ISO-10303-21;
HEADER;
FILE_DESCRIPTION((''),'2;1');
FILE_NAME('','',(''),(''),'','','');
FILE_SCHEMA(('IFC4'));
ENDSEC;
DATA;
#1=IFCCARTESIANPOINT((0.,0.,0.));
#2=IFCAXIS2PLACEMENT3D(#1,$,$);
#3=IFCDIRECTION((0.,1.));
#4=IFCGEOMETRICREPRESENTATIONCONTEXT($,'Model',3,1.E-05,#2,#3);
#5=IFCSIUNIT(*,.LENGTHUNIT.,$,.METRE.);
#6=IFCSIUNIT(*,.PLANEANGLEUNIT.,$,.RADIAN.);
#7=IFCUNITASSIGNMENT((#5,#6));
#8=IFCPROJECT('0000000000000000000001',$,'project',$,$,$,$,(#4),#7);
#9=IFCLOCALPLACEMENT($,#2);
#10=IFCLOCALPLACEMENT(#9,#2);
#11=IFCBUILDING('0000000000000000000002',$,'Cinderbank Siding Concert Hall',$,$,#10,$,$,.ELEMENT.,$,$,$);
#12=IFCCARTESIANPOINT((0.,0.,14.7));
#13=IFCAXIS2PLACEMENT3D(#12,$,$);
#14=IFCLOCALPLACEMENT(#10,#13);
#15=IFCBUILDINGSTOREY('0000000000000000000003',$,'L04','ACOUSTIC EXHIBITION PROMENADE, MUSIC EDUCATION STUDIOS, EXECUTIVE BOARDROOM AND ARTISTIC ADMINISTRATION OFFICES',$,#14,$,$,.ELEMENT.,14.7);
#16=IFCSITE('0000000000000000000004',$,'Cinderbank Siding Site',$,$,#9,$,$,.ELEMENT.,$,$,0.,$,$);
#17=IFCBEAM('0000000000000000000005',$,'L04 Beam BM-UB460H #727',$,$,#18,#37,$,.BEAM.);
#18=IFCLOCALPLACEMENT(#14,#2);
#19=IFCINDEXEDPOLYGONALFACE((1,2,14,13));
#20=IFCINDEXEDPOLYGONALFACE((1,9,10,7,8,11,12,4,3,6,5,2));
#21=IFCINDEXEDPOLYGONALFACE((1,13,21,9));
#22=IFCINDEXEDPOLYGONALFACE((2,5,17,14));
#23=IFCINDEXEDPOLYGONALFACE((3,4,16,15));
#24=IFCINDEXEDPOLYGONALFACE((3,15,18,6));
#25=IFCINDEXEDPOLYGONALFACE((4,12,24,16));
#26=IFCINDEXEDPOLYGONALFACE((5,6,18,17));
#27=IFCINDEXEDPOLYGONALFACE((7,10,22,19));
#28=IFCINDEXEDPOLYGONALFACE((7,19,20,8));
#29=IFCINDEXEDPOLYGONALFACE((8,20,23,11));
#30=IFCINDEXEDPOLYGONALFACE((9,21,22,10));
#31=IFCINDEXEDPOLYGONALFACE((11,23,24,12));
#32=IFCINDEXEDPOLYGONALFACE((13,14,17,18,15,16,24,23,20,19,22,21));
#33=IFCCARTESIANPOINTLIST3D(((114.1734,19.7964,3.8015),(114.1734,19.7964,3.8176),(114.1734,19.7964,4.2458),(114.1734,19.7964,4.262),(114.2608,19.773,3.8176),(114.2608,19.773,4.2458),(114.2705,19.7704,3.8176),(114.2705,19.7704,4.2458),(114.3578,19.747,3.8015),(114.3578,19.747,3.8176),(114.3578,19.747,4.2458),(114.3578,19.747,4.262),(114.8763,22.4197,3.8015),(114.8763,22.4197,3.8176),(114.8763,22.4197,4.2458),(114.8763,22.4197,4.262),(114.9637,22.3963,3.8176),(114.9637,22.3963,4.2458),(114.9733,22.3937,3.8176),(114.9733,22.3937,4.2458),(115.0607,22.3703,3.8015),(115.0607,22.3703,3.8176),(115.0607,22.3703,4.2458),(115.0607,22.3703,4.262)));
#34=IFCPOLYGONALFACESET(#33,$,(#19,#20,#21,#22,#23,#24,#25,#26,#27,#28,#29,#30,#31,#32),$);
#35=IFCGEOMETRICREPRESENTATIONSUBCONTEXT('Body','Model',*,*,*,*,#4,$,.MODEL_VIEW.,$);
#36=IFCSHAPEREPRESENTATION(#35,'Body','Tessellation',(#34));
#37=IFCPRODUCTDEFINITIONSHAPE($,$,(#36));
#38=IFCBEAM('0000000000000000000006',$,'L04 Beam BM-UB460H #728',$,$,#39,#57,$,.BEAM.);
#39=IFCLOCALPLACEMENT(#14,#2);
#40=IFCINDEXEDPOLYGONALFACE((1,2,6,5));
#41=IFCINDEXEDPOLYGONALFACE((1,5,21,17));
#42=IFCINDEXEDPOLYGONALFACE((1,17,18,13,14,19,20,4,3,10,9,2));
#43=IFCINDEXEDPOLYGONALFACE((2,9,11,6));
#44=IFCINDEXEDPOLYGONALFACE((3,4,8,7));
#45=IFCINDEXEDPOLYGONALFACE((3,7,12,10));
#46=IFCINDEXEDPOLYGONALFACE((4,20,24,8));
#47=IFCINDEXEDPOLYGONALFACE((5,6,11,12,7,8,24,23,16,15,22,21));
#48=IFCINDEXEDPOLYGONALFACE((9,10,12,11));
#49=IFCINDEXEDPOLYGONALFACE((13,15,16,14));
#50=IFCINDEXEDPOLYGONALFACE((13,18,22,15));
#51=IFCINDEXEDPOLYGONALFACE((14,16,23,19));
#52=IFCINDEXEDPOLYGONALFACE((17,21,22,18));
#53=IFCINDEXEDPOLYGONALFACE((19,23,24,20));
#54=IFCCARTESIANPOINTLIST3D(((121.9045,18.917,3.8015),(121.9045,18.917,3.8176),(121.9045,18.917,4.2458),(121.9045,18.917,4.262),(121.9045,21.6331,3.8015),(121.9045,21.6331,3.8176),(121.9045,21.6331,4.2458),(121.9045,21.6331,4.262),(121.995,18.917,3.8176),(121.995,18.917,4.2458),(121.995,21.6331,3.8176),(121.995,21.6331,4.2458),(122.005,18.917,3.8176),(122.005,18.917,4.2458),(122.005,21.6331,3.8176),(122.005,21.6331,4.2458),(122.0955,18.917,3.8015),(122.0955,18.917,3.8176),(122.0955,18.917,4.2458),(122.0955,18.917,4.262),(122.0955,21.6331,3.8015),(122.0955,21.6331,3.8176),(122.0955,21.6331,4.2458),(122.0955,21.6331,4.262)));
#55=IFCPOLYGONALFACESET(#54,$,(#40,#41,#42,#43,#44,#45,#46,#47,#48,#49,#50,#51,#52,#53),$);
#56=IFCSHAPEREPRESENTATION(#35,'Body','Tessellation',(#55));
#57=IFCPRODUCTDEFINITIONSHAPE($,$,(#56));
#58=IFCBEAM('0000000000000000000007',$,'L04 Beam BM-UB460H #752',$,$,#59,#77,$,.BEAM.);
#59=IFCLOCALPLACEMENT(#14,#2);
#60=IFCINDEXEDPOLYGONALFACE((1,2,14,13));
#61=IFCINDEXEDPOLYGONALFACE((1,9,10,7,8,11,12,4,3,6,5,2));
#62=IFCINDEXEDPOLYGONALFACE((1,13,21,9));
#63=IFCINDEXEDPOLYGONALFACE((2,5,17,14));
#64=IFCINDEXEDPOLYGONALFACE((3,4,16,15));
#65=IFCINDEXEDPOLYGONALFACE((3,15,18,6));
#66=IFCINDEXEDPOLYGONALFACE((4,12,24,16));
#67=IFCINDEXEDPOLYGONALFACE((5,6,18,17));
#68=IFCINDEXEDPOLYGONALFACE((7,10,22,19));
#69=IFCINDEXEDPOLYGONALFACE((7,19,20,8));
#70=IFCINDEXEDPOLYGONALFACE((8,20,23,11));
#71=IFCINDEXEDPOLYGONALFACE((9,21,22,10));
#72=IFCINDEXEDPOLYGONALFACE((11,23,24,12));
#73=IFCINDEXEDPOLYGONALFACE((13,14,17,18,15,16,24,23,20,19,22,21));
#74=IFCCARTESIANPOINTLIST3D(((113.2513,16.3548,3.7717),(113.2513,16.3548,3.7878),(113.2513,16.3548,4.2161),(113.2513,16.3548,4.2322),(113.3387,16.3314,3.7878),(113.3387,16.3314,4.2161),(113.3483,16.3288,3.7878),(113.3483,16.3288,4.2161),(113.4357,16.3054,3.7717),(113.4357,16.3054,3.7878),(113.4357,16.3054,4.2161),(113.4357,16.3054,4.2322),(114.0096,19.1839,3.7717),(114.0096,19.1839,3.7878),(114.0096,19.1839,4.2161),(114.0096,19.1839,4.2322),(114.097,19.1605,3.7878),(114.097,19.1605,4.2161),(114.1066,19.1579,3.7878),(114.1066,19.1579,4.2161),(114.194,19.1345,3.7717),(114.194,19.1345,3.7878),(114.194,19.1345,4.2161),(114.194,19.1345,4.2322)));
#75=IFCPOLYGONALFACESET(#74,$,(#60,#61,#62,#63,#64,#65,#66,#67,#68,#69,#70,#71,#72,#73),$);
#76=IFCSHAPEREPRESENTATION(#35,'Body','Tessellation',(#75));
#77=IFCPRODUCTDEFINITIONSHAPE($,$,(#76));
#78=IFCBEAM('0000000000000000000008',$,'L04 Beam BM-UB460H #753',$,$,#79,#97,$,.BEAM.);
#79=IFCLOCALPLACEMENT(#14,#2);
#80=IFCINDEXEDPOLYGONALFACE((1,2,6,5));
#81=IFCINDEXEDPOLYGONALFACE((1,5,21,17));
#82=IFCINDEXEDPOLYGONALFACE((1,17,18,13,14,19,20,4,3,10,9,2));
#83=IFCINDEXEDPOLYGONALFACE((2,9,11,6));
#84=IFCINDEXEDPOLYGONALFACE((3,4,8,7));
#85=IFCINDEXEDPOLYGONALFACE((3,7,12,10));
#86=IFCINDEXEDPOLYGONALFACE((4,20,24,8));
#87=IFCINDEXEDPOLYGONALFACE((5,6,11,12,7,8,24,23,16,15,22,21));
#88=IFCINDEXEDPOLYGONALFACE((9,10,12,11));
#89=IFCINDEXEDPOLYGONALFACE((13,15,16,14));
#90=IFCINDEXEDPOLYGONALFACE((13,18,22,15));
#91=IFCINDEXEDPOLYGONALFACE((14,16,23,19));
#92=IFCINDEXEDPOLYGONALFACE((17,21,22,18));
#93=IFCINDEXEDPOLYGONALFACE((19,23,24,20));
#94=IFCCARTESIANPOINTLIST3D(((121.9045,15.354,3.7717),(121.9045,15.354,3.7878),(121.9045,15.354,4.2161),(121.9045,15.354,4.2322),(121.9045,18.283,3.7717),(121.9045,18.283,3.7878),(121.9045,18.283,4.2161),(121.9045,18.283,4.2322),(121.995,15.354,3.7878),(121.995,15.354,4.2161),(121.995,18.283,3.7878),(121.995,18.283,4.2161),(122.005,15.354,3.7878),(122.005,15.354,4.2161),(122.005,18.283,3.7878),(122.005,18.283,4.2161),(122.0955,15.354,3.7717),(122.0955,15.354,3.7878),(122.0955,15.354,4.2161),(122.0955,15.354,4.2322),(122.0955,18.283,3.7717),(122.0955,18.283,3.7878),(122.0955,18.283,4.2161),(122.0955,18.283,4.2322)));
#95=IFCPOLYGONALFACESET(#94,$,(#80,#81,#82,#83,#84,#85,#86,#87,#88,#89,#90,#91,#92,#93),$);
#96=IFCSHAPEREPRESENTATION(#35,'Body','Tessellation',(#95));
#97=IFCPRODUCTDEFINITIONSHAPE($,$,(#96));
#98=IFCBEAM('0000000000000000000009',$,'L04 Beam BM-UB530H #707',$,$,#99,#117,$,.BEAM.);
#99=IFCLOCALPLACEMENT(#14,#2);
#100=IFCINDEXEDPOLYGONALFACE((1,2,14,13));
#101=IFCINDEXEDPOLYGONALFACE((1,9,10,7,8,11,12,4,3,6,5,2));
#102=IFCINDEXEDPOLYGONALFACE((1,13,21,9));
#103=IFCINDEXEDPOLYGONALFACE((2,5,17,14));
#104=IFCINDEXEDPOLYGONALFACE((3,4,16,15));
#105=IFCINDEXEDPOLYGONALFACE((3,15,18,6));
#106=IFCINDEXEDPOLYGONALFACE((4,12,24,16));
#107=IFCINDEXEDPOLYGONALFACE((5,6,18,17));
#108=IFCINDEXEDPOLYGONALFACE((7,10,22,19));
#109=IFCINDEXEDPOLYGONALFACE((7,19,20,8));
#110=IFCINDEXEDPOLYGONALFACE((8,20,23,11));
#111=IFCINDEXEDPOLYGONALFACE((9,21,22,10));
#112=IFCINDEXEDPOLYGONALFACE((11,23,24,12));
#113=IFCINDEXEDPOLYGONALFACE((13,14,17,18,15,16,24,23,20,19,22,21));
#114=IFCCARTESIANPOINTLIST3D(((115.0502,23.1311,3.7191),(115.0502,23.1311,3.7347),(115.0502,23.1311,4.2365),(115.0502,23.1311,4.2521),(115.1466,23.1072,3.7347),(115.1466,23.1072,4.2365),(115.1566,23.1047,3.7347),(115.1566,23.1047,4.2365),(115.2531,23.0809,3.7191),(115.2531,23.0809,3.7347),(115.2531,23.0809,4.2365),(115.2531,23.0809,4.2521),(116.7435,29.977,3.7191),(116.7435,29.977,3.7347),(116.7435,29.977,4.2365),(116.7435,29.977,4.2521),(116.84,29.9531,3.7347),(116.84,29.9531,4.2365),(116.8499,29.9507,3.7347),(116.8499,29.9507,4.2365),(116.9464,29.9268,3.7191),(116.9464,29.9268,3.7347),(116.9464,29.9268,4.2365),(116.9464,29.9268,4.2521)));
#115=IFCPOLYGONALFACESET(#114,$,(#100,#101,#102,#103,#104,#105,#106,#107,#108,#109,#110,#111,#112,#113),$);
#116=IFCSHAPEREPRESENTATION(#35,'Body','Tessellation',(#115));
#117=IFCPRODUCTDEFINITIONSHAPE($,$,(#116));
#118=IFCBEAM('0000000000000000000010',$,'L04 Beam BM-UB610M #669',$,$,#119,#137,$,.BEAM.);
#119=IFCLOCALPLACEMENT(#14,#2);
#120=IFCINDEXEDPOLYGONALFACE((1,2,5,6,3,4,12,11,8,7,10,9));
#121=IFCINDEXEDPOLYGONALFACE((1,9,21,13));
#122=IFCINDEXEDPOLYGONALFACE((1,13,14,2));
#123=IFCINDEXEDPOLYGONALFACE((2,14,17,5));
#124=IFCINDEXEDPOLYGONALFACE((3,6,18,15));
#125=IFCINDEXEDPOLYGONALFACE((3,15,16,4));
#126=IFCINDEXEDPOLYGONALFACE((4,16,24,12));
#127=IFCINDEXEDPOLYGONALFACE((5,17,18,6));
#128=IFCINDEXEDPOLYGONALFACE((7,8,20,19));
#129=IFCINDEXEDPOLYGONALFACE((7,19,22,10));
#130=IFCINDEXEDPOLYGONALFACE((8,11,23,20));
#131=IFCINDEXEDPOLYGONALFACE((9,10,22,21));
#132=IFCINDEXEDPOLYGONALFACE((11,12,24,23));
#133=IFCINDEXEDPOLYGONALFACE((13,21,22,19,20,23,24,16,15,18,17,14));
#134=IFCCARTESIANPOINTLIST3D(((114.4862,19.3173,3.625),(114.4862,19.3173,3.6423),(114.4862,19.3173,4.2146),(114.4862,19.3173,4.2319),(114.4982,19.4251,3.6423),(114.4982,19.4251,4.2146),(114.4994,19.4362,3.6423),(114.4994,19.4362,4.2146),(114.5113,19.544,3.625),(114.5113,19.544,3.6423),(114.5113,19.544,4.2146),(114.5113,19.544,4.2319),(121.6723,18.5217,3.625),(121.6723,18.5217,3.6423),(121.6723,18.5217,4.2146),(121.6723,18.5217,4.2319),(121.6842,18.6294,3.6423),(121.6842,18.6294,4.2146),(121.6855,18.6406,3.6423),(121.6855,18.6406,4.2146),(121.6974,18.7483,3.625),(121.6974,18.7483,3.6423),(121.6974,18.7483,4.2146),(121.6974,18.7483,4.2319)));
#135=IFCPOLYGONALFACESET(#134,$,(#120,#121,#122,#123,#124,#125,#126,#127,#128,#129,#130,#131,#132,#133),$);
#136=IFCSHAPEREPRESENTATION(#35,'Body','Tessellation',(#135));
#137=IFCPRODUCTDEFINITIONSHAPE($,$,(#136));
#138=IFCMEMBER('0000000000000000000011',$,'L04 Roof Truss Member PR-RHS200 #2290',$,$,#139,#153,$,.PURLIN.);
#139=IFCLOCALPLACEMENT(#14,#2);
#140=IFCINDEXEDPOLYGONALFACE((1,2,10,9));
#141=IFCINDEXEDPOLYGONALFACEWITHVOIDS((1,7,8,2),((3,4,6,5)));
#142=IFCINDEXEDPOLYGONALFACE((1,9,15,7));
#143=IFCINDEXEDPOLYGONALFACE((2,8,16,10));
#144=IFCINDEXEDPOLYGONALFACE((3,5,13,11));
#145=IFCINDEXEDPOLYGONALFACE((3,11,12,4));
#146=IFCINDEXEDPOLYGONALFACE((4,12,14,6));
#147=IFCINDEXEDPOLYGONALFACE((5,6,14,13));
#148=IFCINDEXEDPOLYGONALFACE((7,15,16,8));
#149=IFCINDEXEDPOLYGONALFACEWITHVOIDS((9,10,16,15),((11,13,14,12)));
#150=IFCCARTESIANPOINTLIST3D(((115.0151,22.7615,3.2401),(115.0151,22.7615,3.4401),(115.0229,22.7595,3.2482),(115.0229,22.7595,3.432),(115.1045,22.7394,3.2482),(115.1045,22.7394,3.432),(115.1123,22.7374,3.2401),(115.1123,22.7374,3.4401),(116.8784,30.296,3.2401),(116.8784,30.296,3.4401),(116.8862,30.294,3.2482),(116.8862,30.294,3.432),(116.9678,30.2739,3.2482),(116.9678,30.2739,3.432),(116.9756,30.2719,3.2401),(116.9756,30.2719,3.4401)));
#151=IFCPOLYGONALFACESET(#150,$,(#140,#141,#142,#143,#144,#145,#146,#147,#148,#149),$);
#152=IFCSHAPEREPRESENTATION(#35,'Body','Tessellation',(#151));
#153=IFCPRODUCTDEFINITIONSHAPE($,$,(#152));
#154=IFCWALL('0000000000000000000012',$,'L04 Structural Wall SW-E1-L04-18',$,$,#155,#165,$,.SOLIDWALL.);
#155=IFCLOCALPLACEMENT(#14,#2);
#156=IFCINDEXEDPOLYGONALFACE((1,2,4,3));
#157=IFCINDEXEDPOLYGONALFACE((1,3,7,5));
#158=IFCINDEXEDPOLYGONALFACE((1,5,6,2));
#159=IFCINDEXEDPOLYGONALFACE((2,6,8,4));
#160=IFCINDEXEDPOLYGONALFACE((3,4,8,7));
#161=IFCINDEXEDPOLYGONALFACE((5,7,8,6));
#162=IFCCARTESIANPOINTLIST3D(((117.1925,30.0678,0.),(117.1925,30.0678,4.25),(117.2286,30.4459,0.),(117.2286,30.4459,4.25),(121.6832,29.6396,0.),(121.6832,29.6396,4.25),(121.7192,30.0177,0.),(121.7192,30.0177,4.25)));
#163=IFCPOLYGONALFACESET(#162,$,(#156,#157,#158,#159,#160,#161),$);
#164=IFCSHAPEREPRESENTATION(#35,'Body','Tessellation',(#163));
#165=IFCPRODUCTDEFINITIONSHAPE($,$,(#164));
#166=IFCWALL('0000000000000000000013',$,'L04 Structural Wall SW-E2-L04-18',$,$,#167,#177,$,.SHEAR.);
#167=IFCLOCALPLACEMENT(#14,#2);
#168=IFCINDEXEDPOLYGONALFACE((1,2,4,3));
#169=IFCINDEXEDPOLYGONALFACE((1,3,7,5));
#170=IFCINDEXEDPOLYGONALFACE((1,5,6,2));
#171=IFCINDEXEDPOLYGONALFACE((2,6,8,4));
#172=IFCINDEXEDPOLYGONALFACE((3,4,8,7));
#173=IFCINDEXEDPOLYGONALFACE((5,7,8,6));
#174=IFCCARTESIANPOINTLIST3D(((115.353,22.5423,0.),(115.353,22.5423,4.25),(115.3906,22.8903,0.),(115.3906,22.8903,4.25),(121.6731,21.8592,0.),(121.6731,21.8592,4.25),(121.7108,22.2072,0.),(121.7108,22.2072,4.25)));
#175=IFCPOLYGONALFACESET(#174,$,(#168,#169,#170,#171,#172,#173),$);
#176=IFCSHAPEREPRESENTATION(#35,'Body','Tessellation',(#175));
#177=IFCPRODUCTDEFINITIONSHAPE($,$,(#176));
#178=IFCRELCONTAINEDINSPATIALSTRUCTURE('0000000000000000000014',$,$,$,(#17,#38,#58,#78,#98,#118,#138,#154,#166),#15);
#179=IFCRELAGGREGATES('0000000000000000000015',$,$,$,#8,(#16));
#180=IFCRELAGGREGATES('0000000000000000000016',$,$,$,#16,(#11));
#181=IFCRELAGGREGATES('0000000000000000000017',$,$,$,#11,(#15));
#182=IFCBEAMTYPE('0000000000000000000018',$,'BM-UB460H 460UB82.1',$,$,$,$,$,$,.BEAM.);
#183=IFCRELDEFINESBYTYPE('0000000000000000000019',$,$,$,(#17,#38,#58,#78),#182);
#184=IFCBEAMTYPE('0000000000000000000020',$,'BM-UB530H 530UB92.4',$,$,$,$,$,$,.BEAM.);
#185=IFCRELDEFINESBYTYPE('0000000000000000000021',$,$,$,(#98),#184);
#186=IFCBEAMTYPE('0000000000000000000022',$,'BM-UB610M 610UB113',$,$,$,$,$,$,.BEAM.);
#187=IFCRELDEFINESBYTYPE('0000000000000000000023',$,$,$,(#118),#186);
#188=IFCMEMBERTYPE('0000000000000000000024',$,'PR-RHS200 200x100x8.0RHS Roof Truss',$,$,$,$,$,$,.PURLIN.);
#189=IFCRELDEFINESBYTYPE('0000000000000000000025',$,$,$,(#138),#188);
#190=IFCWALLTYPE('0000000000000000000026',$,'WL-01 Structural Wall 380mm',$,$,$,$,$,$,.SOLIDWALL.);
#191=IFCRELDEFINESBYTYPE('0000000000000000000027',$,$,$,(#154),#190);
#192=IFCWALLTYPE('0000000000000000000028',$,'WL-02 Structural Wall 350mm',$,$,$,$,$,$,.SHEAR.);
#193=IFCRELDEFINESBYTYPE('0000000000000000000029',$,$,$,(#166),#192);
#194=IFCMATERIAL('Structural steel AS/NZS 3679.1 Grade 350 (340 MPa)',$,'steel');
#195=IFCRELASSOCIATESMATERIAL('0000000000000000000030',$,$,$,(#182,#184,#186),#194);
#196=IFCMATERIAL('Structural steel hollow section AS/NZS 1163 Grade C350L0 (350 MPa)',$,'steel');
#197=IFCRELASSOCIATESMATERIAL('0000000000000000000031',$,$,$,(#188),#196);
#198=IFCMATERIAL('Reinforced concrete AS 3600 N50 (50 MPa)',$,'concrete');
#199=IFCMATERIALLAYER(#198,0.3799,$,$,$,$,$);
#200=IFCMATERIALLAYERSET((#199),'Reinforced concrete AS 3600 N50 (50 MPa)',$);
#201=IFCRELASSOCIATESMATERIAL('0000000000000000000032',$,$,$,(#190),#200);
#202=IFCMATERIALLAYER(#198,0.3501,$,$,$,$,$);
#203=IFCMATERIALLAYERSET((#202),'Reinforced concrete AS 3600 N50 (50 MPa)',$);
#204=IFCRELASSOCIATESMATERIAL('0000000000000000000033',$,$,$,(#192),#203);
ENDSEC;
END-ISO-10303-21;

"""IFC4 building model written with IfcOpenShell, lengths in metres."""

from ifc_helpers import new_model, si_unit, direction, frame, frame_2d, origin, origin_2d, place, context, subcontext, project, spatial, rectangle, hollow_rectangle, i_section, extrude, material, layer, layer_set, material_profile, profile_set, type_object, element, save


model = new_model("IFC4")

# Units and contexts
model_context = context("Model", 3, precision=1e-05, world=origin(), true_north=direction((0.0, 1.0)))
body_context = subcontext(model_context, "Body", "Model", "MODEL_VIEW")
ifc_project = project(units=[si_unit("LENGTHUNIT", "METRE"), si_unit("PLANEANGLEUNIT", "RADIAN")], contexts=[model_context])

# Site, building, storey
site_placement = place(None, origin())
site = spatial("IfcSite", under=ifc_project, at=site_placement, Name="Cinderbank Siding Site", CompositionType="ELEMENT", RefElevation=0.0)
building_placement = place(site_placement, origin())
building = spatial("IfcBuilding", under=site, at=building_placement, Name="Cinderbank Siding Concert Hall", CompositionType="ELEMENT")
storey_placement = place(building_placement, frame((0.0, 0.0, 14.7)))
storey = spatial("IfcBuildingStorey", under=building, at=storey_placement, Name="L04", Description="ACOUSTIC EXHIBITION PROMENADE, MUSIC EDUCATION STUDIOS, EXECUTIVE BOARDROOM AND ARTISTIC ADMINISTRATION OFFICES", CompositionType="ELEMENT", Elevation=14.7)

# Shared definitions
ifc_material_1 = material(Name="Reinforced concrete AS 3600 N50 (50 MPa)", Category="concrete")

# Beams
ifc_material_2 = material(Name="Structural steel AS/NZS 3679.1 Grade 350 (340 MPa)", Category="steel")
ifc_material_profile_1 = material_profile(ifc_material_2, i_section(OverallWidth=0.1909, OverallDepth=0.4604, WebThickness=0.01, FlangeThickness=0.0161, at=origin_2d()), Name="460UB82.1", Category="LoadBearing")
ifc_profile_set_1 = profile_set([ifc_material_profile_1], Name="Structural steel AS/NZS 3679.1 Grade 350 (340 MPa)")
beam_type_1 = type_object("IfcBeamType", Name="BM-UB460H 460UB82.1", PredefinedType="BEAM", material=ifc_profile_set_1)
beam_1_placement = place(storey_placement, frame((114.9685, 22.395, 4.0317), z_axis=(-0.258809, -0.965928, 0.0), x_axis=(0.965928, -0.258809, 0.0)))
element("IfcBeam", 1, at=beam_1_placement, inside=storey, type_object=beam_type_1, Name="L04 Beam BM-UB460H #727", PredefinedType="BEAM", context=body_context, shape_type="SweptSolid", body=[
    extrude(i_section(OverallWidth=0.1909, OverallDepth=0.4604, WebThickness=0.01, FlangeThickness=0.0161, at=origin_2d()), origin(), (0.0, 0.0, 1.0), 2.7158),
])
beam_2_placement = place(storey_placement, frame((122.0, 21.6331, 4.0317), z_axis=(0.0, -1.0, 0.0), x_axis=(1.0, 0.0, 0.0)))
element("IfcBeam", 2, at=beam_2_placement, inside=storey, type_object=beam_type_1, Name="L04 Beam BM-UB460H #728", PredefinedType="BEAM", context=body_context, shape_type="SweptSolid", body=[
    extrude(i_section(OverallWidth=0.1909, OverallDepth=0.4604, WebThickness=0.01, FlangeThickness=0.0161, at=origin_2d()), origin(), (0.0, 0.0, 1.0), 2.7161),
])
for number, where, z_axis, x_axis, name in (
    (3, (114.1018, 19.1592, 4.002), (-0.258897, -0.965905, 0.0), (0.965905, -0.258897, 0.0), "L04 Beam BM-UB460H #752"),
    (4, (122.0, 18.283, 4.002), (0.0, -1.0, 0.0), (1.0, 0.0, 0.0), "L04 Beam BM-UB460H #753"),
):
    element("IfcBeam", number, at=place(storey_placement, frame(where, z_axis=z_axis, x_axis=x_axis)), inside=storey, type_object=beam_type_1, Name=name, PredefinedType="BEAM", context=body_context, shape_type="SweptSolid", body=[
        extrude(i_section(OverallWidth=0.1909, OverallDepth=0.4604, WebThickness=0.01, FlangeThickness=0.0161, at=origin_2d()), origin(), (0.0, 0.0, 1.0), 2.929),
    ])
ifc_material_profile_2 = material_profile(ifc_material_2, i_section(OverallWidth=0.209, OverallDepth=0.533, WebThickness=0.0103, FlangeThickness=0.0156, at=origin_2d()), Name="530UB92.4", Category="LoadBearing")
ifc_profile_set_2 = profile_set([ifc_material_profile_2], Name="Structural steel AS/NZS 3679.1 Grade 350 (340 MPa)")
beam_type_2 = type_object("IfcBeamType", Name="BM-UB530H 530UB92.4", PredefinedType="BEAM", material=ifc_profile_set_2)
beam_3_placement = place(storey_placement, frame((116.845, 29.9519, 3.9856), z_axis=(-0.240116, -0.970744, 0.0), x_axis=(0.970744, -0.240116, 0.0)))
element("IfcBeam", 5, at=beam_3_placement, inside=storey, type_object=beam_type_2, Name="L04 Beam BM-UB530H #707", PredefinedType="BEAM", context=body_context, shape_type="SweptSolid", body=[
    extrude(i_section(OverallWidth=0.209, OverallDepth=0.533, WebThickness=0.0103, FlangeThickness=0.0156, at=origin_2d()), origin(), (0.0, 0.0, 1.0), 7.0522),
])
ifc_material_profile_3 = material_profile(ifc_material_2, i_section(OverallWidth=0.228, OverallDepth=0.6069, WebThickness=0.0112, FlangeThickness=0.0173, at=origin_2d()), Name="610UB113", Category="LoadBearing")
ifc_profile_set_3 = profile_set([ifc_material_profile_3], Name="Structural steel AS/NZS 3679.1 Grade 350 (340 MPa)")
beam_type_3 = type_object("IfcBeamType", Name="BM-UB610M 610UB113", PredefinedType="BEAM", material=ifc_profile_set_3)
beam_4_placement = place(storey_placement, frame((114.4988, 19.4307, 3.9285), z_axis=(0.993926, -0.11005, 0.0), x_axis=(0.11005, 0.993926, 0.0)))
element("IfcBeam", 6, at=beam_4_placement, inside=storey, type_object=beam_type_3, Name="L04 Beam BM-UB610M #669", PredefinedType="BEAM", context=body_context, shape_type="SweptSolid", body=[
    extrude(i_section(OverallWidth=0.228, OverallDepth=0.6069, WebThickness=0.0112, FlangeThickness=0.0173, at=origin_2d()), origin(), (0.0, 0.0, 1.0), 7.23),
])

# Member
ifc_material_3 = material(Name="Structural steel hollow section AS/NZS 1163 Grade C350L0 (350 MPa)", Category="steel")
ifc_material_profile_4 = material_profile(ifc_material_3, hollow_rectangle(XDim=0.1001, YDim=0.2, WallThickness=0.0081, at=origin_2d()), Name="200x100x8.0RHS", Category="LoadBearing")
ifc_profile_set_4 = profile_set([ifc_material_profile_4], Name="Structural steel hollow section AS/NZS 1163 Grade C350L0 (350 MPa)")
member_type = type_object("IfcMemberType", Name="PR-RHS200 200x100x8.0RHS Roof Truss", PredefinedType="PURLIN", material=ifc_profile_set_4)
member_placement = place(storey_placement, frame((116.927, 30.2839, 3.3401), z_axis=(-0.24007, -0.970756, 0.0), x_axis=(0.970756, -0.24007, 0.0)))
element("IfcMember", 7, at=member_placement, inside=storey, type_object=member_type, Name="L04 Roof Truss Member PR-RHS200 #2290", PredefinedType="PURLIN", context=body_context, shape_type="SweptSolid", body=[
    extrude(hollow_rectangle(XDim=0.1001, YDim=0.2, WallThickness=0.0081, at=origin_2d()), origin(), (0.0, 0.0, 1.0), 7.7615),
])

# Walls
ifc_layer_1 = layer(ifc_material_1, 0.3799)
ifc_layer_set_1 = layer_set([ifc_layer_1], Name="Reinforced concrete AS 3600 N50 (50 MPa)")
wall_type_1 = type_object("IfcWallType", Name="WL-01 Structural Wall 380mm", PredefinedType="SOLIDWALL", material=ifc_layer_set_1)
wall_1_placement = place(storey_placement, frame((117.2107, 30.2568, 0.0), z_axis=(0.0, 0.0, 1.0), x_axis=(0.995484, -0.094927, 0.0)))
element("IfcWall", 8, at=wall_1_placement, inside=storey, type_object=wall_type_1, Name="L04 Structural Wall SW-E1-L04-18", PredefinedType="SOLIDWALL", context=body_context, shape_type="SweptSolid", body=[
    extrude(rectangle(XDim=4.511, YDim=0.3799, at=frame_2d((2.2554, 0.0))), origin(), (0.0, 0.0, 1.0), 4.25),
])
ifc_layer_2 = layer(ifc_material_1, 0.3501)
ifc_layer_set_2 = layer_set([ifc_layer_2], Name="Reinforced concrete AS 3600 N50 (50 MPa)")
wall_type_2 = type_object("IfcWallType", Name="WL-02 Structural Wall 350mm", PredefinedType="SHEAR", material=ifc_layer_set_2)
wall_2_placement = place(storey_placement, frame((115.3718, 22.7163, 0.0), z_axis=(0.0, 0.0, 1.0), x_axis=(0.994209, -0.107459, 0.0)))
element("IfcWall", 9, at=wall_2_placement, inside=storey, type_object=wall_type_2, Name="L04 Structural Wall SW-E2-L04-18", PredefinedType="SHEAR", context=body_context, shape_type="SweptSolid", body=[
    extrude(rectangle(XDim=6.3569, YDim=0.3501, at=frame_2d((3.1785, 0.0))), origin(), (0.0, 0.0, 1.0), 4.25),
])

save(model, "model.ifc")
